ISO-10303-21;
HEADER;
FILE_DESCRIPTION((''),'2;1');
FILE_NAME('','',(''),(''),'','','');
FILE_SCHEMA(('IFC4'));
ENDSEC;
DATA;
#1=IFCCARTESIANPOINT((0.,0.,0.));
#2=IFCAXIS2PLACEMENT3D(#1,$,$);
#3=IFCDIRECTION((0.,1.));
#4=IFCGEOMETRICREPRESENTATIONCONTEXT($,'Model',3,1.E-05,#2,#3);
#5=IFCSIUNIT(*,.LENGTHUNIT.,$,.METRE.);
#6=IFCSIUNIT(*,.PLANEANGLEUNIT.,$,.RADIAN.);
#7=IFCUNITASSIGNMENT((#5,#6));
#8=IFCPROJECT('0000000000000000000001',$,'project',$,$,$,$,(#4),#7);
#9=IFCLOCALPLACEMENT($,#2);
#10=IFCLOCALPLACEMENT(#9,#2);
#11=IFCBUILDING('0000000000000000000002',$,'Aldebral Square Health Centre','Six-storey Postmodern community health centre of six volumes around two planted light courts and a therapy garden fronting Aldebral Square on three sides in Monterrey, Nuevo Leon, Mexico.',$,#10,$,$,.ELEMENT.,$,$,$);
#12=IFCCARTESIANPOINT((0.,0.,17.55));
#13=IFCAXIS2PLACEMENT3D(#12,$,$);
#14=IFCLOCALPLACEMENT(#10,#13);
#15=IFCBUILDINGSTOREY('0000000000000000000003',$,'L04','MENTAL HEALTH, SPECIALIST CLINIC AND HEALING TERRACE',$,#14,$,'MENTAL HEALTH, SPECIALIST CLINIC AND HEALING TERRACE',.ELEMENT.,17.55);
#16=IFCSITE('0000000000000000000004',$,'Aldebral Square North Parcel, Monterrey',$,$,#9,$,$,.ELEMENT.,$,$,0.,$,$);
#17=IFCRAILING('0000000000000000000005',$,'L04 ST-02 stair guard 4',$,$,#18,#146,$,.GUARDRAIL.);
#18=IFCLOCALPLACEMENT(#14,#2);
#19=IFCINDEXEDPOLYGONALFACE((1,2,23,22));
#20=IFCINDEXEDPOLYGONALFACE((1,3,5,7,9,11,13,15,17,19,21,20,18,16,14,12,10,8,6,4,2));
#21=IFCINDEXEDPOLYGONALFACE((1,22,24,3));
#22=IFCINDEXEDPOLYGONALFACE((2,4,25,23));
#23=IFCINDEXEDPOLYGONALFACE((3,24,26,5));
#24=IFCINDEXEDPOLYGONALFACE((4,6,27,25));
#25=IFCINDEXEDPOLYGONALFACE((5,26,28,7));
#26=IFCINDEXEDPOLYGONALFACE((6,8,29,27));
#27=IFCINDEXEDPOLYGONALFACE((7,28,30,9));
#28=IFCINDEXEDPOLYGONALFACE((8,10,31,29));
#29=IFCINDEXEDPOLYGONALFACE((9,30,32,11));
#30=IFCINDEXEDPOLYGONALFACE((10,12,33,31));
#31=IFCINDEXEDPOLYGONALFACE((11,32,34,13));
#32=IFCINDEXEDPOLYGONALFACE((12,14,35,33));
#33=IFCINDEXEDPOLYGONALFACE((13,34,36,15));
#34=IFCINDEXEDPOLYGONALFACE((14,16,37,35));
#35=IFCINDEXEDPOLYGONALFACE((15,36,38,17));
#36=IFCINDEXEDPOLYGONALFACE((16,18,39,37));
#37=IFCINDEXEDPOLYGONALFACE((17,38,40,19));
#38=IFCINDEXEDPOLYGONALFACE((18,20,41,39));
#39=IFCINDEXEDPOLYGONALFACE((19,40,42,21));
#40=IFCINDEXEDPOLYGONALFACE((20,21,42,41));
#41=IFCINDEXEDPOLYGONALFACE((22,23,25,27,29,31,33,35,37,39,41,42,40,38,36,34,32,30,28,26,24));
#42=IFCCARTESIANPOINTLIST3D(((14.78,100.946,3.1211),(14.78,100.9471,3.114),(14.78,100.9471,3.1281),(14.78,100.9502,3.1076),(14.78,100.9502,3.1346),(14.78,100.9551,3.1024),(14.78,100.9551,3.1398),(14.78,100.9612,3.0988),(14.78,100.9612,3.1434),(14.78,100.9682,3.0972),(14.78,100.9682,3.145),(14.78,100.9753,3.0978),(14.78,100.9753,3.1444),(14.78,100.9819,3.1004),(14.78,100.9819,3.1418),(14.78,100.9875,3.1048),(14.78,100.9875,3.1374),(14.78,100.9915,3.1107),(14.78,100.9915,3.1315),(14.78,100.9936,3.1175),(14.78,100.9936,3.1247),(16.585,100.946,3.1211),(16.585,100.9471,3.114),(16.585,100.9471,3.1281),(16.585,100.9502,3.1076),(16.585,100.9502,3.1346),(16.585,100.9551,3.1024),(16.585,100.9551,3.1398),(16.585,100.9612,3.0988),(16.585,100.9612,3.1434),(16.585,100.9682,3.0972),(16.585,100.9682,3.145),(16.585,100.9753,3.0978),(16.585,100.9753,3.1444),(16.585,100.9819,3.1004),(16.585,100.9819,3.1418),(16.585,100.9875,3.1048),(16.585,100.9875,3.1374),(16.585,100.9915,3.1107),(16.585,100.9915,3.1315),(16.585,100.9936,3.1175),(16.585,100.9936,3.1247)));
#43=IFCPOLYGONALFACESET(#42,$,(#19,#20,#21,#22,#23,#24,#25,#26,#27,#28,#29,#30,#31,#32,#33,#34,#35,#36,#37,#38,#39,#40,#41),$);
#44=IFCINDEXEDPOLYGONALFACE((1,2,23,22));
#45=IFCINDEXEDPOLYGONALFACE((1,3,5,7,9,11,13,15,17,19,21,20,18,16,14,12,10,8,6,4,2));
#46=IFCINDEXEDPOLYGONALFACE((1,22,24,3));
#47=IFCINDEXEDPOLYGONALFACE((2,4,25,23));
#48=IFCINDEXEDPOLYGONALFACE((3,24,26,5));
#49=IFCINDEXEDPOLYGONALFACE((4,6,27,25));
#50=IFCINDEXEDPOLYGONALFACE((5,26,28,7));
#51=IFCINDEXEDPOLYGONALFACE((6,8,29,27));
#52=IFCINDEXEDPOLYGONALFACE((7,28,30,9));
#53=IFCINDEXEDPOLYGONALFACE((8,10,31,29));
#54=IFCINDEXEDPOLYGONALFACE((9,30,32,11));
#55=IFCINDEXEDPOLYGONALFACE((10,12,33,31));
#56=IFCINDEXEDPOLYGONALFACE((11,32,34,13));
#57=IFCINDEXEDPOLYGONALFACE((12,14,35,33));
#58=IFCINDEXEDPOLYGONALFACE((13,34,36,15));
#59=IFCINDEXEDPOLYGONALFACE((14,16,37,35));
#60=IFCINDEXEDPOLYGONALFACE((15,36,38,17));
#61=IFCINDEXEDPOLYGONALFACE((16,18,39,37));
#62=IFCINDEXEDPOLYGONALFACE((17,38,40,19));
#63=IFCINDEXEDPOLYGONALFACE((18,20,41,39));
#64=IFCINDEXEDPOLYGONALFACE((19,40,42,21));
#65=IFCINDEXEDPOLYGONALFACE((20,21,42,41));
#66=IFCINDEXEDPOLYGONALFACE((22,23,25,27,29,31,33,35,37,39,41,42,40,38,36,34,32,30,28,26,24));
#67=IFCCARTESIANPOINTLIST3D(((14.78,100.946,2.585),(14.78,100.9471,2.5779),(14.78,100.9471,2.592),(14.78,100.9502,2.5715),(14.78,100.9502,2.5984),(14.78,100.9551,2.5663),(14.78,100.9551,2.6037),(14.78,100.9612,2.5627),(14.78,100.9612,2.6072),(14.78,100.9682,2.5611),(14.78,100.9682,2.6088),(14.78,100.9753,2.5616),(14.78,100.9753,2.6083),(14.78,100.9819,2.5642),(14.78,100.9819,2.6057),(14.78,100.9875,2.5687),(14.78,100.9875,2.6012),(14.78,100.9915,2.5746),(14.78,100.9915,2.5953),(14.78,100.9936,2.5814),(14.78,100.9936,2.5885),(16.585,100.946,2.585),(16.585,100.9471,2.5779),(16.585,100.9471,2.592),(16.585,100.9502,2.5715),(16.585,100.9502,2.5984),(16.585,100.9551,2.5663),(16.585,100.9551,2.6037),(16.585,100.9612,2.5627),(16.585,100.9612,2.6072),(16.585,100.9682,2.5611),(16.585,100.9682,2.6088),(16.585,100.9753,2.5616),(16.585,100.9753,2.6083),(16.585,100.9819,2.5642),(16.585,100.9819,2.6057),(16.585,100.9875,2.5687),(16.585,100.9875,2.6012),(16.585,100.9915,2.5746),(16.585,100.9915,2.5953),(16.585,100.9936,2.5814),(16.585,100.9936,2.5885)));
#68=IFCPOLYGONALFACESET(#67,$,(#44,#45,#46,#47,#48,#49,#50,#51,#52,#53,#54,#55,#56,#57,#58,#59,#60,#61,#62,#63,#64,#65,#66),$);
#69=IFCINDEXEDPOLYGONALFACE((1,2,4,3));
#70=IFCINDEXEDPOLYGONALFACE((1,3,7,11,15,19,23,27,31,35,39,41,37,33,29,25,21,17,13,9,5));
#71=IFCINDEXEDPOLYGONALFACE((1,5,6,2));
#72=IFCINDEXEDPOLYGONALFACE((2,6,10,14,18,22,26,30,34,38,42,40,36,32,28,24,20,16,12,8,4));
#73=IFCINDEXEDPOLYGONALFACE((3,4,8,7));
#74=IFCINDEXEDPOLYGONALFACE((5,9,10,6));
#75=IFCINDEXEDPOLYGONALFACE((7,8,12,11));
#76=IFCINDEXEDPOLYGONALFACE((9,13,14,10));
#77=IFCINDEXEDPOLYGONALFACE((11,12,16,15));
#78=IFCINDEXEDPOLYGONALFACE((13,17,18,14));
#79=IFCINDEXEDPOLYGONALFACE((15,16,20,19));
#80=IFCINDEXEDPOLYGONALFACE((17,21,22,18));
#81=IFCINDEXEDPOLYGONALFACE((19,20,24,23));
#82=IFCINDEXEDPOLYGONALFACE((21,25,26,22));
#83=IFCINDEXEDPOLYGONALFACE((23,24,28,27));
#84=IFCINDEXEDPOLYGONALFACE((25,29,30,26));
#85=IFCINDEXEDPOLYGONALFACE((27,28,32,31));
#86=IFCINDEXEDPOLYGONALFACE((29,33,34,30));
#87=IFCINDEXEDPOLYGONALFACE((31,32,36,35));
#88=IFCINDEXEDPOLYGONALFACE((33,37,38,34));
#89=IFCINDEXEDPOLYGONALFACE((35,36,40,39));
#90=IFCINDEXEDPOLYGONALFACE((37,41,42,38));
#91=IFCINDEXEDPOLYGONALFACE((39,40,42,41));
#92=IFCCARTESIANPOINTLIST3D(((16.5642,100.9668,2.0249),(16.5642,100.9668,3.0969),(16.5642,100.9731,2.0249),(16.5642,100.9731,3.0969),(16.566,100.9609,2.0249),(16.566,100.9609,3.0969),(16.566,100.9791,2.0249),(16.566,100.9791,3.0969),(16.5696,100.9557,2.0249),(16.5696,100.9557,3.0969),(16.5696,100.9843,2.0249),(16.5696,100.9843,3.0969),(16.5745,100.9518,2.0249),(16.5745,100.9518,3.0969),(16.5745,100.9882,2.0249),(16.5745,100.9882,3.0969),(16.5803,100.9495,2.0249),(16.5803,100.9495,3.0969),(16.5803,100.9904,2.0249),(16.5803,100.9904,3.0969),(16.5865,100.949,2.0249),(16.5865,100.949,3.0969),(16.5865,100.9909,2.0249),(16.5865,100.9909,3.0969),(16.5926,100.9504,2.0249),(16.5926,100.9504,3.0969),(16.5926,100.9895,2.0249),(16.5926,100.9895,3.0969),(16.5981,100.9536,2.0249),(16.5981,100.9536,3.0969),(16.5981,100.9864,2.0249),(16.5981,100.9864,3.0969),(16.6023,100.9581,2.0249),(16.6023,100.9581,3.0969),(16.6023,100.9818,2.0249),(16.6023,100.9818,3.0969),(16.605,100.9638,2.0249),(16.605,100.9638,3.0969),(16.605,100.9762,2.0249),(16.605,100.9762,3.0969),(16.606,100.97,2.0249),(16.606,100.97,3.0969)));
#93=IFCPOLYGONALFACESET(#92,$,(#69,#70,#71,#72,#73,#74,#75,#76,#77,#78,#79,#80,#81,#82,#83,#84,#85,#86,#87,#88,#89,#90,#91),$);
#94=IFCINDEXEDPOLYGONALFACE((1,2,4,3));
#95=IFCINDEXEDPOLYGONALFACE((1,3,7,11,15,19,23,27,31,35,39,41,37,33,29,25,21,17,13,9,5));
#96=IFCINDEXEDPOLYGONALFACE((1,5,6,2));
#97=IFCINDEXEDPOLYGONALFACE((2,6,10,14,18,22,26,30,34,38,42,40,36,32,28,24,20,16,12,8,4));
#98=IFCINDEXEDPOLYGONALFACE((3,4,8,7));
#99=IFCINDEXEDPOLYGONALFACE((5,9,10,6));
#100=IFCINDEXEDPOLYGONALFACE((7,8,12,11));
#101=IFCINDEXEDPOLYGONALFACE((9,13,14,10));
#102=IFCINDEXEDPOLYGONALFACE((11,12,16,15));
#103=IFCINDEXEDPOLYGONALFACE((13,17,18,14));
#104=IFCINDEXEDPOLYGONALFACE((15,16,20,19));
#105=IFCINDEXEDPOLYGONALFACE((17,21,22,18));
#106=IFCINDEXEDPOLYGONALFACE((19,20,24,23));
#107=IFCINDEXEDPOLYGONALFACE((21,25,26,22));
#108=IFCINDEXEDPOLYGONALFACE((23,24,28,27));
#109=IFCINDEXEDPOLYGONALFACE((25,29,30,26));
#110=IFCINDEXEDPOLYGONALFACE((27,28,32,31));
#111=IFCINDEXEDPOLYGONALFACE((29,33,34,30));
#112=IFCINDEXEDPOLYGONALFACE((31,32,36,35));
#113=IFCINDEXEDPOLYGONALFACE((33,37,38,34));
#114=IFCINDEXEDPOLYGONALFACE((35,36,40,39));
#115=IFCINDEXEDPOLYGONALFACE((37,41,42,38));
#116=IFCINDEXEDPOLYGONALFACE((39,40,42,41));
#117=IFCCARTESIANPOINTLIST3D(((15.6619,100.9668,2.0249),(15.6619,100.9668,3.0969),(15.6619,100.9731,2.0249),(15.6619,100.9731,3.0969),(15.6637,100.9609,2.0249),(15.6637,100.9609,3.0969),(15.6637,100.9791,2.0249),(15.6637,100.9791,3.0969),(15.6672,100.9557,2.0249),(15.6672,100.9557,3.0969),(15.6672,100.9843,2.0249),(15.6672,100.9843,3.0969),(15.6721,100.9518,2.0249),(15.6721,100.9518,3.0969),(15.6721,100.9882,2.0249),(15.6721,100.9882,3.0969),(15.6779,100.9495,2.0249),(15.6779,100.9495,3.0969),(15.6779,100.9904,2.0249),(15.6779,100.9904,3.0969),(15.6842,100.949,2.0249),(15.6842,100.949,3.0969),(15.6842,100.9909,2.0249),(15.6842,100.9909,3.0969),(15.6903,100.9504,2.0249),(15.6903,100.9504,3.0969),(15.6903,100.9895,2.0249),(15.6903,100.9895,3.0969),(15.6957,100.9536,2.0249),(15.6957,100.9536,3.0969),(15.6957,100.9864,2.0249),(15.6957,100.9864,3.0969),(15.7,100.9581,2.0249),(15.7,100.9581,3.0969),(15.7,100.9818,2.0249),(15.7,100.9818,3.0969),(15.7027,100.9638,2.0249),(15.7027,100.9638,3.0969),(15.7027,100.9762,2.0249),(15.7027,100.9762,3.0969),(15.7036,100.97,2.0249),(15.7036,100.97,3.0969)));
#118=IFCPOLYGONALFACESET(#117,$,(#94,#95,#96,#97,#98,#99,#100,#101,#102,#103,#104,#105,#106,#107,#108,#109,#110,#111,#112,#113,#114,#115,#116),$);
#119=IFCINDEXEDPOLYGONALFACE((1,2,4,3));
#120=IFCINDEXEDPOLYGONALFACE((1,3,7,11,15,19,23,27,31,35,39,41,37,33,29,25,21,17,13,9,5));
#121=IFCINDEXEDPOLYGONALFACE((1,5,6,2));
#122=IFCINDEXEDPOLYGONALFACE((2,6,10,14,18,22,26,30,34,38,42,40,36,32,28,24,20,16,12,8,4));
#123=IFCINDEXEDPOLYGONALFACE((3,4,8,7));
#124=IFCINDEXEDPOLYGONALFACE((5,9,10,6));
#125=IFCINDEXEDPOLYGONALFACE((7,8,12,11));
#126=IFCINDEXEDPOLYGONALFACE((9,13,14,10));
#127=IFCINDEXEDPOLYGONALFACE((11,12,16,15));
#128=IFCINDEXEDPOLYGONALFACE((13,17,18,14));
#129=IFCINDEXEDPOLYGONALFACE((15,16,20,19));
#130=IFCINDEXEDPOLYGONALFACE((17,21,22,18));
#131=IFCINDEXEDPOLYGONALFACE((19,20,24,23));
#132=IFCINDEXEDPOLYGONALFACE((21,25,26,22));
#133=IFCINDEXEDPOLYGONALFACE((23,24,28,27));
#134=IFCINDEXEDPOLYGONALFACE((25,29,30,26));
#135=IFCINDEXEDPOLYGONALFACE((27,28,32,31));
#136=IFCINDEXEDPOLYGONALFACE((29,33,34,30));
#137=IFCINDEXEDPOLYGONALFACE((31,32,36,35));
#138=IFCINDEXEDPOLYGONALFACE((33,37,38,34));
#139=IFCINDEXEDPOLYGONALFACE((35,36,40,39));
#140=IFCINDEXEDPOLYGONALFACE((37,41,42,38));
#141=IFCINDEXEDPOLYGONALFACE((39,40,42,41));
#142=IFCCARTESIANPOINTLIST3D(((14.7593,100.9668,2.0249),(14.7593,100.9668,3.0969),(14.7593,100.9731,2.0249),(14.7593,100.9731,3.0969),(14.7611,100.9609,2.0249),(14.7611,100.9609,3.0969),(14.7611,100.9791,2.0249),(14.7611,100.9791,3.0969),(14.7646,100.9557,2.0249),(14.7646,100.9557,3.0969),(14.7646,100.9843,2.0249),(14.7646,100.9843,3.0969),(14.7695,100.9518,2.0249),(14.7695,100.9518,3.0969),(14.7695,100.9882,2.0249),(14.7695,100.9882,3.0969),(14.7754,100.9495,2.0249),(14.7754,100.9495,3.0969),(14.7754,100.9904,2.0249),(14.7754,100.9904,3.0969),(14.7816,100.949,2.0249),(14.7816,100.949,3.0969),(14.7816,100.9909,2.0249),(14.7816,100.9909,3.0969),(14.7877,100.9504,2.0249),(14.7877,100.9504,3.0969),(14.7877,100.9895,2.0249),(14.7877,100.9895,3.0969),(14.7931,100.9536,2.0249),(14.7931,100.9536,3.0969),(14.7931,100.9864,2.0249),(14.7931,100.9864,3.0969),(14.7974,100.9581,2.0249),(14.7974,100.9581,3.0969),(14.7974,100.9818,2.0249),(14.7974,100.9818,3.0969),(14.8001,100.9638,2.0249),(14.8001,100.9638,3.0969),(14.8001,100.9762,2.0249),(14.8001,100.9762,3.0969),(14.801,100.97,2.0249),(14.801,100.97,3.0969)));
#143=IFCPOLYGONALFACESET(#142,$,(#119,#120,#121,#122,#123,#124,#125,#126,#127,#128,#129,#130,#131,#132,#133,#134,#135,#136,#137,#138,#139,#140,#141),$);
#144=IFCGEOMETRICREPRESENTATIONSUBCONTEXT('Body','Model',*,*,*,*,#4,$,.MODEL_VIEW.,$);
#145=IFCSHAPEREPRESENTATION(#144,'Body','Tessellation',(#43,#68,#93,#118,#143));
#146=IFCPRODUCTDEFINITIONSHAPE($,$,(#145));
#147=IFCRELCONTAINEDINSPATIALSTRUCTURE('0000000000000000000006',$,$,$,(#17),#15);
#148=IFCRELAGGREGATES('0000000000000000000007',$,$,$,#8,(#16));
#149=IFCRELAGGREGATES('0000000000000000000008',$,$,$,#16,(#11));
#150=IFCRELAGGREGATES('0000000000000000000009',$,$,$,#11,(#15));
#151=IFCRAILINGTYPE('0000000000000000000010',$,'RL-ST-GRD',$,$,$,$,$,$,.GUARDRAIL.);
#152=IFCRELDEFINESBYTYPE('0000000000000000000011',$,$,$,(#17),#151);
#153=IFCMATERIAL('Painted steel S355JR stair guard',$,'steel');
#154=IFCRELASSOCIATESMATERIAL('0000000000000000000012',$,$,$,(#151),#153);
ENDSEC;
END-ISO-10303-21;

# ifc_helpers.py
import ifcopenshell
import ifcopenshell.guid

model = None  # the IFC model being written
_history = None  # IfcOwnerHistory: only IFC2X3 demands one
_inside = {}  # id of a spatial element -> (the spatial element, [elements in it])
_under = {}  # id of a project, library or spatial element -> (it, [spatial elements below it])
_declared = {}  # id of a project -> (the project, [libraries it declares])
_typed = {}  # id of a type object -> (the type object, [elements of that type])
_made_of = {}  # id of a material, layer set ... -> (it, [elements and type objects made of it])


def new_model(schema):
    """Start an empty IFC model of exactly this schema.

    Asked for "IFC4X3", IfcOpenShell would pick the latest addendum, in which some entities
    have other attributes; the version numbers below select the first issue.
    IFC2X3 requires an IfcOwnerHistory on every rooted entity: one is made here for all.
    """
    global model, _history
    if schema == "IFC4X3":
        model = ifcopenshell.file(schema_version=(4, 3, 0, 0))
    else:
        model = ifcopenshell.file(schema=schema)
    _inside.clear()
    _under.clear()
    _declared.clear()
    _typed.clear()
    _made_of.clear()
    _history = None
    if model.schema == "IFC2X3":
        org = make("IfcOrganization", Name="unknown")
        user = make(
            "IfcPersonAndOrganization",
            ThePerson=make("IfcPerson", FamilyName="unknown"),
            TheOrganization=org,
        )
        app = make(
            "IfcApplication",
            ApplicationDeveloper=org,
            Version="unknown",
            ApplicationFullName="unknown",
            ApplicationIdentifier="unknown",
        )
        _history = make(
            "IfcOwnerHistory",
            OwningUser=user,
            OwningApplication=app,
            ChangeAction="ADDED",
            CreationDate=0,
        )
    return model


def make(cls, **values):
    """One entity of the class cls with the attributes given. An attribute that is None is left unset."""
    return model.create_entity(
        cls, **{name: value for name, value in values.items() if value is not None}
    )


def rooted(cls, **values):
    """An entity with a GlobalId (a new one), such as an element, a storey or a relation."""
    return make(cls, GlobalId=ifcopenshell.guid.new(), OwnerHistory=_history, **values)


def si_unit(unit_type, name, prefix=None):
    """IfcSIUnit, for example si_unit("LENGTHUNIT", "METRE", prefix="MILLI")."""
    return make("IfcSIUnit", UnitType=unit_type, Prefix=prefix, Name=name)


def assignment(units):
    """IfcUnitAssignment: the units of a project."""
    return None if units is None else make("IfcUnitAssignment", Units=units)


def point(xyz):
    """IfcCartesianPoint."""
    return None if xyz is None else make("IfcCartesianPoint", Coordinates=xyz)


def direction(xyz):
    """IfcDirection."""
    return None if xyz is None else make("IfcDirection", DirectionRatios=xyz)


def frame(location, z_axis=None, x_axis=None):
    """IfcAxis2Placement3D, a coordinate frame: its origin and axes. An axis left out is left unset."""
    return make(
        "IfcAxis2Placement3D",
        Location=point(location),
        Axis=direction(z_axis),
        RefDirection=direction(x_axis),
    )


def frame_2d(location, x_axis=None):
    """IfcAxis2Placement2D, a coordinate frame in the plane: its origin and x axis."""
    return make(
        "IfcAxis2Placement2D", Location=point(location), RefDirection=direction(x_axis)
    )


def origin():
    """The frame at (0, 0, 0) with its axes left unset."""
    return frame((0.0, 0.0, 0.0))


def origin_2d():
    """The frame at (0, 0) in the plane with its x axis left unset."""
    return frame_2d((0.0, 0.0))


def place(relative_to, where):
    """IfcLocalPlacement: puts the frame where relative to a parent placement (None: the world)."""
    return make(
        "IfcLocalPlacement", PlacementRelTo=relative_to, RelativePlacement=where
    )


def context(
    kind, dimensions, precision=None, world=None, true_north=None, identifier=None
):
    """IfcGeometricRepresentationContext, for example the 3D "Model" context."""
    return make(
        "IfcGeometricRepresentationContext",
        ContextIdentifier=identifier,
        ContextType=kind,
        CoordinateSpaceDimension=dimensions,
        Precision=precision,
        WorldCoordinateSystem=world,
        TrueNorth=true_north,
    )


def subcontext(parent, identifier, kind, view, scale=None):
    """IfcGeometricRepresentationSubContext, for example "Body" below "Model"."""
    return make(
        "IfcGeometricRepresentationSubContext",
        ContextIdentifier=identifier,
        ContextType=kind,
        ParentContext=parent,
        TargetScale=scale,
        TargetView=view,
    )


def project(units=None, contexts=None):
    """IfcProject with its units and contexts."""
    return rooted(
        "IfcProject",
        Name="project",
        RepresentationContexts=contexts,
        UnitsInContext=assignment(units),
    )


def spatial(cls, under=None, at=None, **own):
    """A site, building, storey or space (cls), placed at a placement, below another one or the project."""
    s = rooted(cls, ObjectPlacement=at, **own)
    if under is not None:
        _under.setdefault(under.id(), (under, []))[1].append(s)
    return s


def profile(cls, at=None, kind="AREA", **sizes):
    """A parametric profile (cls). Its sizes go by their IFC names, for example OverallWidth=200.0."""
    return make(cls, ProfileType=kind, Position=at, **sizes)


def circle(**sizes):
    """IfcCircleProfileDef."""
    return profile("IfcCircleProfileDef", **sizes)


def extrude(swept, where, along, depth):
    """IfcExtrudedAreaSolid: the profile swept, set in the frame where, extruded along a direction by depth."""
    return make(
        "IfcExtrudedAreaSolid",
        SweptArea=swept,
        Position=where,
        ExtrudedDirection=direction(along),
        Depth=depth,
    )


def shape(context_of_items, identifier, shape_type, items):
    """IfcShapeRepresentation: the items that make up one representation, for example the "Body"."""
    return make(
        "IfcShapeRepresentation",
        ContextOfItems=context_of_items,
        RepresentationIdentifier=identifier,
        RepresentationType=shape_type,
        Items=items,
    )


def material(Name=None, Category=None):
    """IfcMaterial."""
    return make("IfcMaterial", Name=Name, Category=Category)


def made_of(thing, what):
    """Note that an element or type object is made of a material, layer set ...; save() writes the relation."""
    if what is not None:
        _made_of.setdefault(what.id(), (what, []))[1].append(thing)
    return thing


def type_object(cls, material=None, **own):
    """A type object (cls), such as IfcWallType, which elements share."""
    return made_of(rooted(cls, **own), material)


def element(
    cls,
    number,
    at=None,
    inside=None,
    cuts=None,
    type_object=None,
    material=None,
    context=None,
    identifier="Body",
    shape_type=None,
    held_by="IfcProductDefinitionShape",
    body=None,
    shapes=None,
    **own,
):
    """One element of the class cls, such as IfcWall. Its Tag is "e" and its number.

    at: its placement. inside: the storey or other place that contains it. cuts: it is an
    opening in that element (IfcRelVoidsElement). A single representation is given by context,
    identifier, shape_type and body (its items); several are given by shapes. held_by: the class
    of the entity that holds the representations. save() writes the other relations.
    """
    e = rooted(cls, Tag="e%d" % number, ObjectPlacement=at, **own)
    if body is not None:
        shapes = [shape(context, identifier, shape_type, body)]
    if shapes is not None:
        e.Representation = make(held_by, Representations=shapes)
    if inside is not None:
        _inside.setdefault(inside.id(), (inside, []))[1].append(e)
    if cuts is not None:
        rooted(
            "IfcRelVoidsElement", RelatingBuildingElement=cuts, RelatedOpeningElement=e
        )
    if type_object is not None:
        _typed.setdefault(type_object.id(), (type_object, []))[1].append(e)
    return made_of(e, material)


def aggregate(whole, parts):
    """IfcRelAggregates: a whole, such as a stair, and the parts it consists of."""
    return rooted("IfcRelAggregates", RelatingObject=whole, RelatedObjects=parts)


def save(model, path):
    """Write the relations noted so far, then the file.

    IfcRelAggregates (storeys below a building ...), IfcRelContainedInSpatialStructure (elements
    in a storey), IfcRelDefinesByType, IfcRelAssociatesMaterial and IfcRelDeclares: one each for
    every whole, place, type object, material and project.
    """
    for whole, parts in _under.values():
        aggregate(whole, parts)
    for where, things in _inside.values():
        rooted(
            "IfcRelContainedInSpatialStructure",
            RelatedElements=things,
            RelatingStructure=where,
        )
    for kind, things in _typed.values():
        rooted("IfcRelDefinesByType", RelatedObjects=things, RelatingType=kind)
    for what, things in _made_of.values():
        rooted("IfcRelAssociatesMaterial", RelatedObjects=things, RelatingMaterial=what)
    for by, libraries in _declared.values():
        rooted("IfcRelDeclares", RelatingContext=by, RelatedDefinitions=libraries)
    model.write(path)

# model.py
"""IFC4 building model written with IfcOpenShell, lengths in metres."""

from ifc_helpers import new_model, si_unit, direction, frame, origin, origin_2d, place, context, subcontext, project, spatial, circle, extrude, material, type_object, element, save


model = new_model("IFC4")

# Units and contexts
model_context = context("Model", 3, precision=1e-05, world=origin(), true_north=direction((0.0, 1.0)))
body_context = subcontext(model_context, "Body", "Model", "MODEL_VIEW")
ifc_project = project(units=[si_unit("LENGTHUNIT", "METRE"), si_unit("PLANEANGLEUNIT", "RADIAN")], contexts=[model_context])

# Site, building, storey
site_placement = place(None, origin())
site = spatial("IfcSite", under=ifc_project, at=site_placement, Name="Aldebral Square North Parcel, Monterrey", CompositionType="ELEMENT", RefElevation=0.0)
building_placement = place(site_placement, origin())
building = spatial("IfcBuilding", under=site, at=building_placement, Name="Aldebral Square Health Centre", Description="Six-storey Postmodern community health centre of six volumes around two planted light courts and a therapy garden fronting Aldebral Square on three sides in Monterrey, Nuevo Leon, Mexico.", CompositionType="ELEMENT")
storey_placement = place(building_placement, frame((0.0, 0.0, 17.55)))
storey = spatial("IfcBuildingStorey", under=building, at=storey_placement, Name="L04", Description="MENTAL HEALTH, SPECIALIST CLINIC AND HEALING TERRACE", LongName="MENTAL HEALTH, SPECIALIST CLINIC AND HEALING TERRACE", CompositionType="ELEMENT", Elevation=17.55)

# Railing
ifc_material_1 = material(Name="Painted steel S355JR stair guard", Category="steel")
railing_type_1 = type_object("IfcRailingType", Name="RL-ST-GRD", PredefinedType="GUARDRAIL", material=ifc_material_1)
railing_1_placement = place(storey_placement, frame((16.585, 100.97, 2.0249)))
element("IfcRailing", 1, at=railing_1_placement, inside=storey, type_object=railing_type_1, Name="L04 ST-02 stair guard 4", PredefinedType="GUARDRAIL", context=body_context, shape_type="SweptSolid", body=[
    extrude(circle(Radius=0.0239, at=origin_2d()), frame((0.0, 0.0, 1.0962), z_axis=(-1.0, 0.0, 0.0), x_axis=(0.0, -1.0, 0.0)), (0.0, 0.0, 1.0), 1.8049),
    extrude(circle(Radius=0.0239, at=origin_2d()), frame((0.0, 0.0, 0.5601), z_axis=(-1.0, 0.0, 0.0), x_axis=(0.0, -1.0, 0.0)), (0.0, 0.0, 1.0), 1.8049),
    extrude(circle(Radius=0.021, at=origin_2d()), origin(), (0.0, 0.0, 1.0), 1.072),
    extrude(circle(Radius=0.021, at=origin_2d()), frame((-0.9023, 0.0, 0.0)), (0.0, 0.0, 1.0), 1.072),
    extrude(circle(Radius=0.021, at=origin_2d()), frame((-1.8049, 0.0, 0.0)), (0.0, 0.0, 1.0), 1.072),
])

save(model, "model.ifc")
